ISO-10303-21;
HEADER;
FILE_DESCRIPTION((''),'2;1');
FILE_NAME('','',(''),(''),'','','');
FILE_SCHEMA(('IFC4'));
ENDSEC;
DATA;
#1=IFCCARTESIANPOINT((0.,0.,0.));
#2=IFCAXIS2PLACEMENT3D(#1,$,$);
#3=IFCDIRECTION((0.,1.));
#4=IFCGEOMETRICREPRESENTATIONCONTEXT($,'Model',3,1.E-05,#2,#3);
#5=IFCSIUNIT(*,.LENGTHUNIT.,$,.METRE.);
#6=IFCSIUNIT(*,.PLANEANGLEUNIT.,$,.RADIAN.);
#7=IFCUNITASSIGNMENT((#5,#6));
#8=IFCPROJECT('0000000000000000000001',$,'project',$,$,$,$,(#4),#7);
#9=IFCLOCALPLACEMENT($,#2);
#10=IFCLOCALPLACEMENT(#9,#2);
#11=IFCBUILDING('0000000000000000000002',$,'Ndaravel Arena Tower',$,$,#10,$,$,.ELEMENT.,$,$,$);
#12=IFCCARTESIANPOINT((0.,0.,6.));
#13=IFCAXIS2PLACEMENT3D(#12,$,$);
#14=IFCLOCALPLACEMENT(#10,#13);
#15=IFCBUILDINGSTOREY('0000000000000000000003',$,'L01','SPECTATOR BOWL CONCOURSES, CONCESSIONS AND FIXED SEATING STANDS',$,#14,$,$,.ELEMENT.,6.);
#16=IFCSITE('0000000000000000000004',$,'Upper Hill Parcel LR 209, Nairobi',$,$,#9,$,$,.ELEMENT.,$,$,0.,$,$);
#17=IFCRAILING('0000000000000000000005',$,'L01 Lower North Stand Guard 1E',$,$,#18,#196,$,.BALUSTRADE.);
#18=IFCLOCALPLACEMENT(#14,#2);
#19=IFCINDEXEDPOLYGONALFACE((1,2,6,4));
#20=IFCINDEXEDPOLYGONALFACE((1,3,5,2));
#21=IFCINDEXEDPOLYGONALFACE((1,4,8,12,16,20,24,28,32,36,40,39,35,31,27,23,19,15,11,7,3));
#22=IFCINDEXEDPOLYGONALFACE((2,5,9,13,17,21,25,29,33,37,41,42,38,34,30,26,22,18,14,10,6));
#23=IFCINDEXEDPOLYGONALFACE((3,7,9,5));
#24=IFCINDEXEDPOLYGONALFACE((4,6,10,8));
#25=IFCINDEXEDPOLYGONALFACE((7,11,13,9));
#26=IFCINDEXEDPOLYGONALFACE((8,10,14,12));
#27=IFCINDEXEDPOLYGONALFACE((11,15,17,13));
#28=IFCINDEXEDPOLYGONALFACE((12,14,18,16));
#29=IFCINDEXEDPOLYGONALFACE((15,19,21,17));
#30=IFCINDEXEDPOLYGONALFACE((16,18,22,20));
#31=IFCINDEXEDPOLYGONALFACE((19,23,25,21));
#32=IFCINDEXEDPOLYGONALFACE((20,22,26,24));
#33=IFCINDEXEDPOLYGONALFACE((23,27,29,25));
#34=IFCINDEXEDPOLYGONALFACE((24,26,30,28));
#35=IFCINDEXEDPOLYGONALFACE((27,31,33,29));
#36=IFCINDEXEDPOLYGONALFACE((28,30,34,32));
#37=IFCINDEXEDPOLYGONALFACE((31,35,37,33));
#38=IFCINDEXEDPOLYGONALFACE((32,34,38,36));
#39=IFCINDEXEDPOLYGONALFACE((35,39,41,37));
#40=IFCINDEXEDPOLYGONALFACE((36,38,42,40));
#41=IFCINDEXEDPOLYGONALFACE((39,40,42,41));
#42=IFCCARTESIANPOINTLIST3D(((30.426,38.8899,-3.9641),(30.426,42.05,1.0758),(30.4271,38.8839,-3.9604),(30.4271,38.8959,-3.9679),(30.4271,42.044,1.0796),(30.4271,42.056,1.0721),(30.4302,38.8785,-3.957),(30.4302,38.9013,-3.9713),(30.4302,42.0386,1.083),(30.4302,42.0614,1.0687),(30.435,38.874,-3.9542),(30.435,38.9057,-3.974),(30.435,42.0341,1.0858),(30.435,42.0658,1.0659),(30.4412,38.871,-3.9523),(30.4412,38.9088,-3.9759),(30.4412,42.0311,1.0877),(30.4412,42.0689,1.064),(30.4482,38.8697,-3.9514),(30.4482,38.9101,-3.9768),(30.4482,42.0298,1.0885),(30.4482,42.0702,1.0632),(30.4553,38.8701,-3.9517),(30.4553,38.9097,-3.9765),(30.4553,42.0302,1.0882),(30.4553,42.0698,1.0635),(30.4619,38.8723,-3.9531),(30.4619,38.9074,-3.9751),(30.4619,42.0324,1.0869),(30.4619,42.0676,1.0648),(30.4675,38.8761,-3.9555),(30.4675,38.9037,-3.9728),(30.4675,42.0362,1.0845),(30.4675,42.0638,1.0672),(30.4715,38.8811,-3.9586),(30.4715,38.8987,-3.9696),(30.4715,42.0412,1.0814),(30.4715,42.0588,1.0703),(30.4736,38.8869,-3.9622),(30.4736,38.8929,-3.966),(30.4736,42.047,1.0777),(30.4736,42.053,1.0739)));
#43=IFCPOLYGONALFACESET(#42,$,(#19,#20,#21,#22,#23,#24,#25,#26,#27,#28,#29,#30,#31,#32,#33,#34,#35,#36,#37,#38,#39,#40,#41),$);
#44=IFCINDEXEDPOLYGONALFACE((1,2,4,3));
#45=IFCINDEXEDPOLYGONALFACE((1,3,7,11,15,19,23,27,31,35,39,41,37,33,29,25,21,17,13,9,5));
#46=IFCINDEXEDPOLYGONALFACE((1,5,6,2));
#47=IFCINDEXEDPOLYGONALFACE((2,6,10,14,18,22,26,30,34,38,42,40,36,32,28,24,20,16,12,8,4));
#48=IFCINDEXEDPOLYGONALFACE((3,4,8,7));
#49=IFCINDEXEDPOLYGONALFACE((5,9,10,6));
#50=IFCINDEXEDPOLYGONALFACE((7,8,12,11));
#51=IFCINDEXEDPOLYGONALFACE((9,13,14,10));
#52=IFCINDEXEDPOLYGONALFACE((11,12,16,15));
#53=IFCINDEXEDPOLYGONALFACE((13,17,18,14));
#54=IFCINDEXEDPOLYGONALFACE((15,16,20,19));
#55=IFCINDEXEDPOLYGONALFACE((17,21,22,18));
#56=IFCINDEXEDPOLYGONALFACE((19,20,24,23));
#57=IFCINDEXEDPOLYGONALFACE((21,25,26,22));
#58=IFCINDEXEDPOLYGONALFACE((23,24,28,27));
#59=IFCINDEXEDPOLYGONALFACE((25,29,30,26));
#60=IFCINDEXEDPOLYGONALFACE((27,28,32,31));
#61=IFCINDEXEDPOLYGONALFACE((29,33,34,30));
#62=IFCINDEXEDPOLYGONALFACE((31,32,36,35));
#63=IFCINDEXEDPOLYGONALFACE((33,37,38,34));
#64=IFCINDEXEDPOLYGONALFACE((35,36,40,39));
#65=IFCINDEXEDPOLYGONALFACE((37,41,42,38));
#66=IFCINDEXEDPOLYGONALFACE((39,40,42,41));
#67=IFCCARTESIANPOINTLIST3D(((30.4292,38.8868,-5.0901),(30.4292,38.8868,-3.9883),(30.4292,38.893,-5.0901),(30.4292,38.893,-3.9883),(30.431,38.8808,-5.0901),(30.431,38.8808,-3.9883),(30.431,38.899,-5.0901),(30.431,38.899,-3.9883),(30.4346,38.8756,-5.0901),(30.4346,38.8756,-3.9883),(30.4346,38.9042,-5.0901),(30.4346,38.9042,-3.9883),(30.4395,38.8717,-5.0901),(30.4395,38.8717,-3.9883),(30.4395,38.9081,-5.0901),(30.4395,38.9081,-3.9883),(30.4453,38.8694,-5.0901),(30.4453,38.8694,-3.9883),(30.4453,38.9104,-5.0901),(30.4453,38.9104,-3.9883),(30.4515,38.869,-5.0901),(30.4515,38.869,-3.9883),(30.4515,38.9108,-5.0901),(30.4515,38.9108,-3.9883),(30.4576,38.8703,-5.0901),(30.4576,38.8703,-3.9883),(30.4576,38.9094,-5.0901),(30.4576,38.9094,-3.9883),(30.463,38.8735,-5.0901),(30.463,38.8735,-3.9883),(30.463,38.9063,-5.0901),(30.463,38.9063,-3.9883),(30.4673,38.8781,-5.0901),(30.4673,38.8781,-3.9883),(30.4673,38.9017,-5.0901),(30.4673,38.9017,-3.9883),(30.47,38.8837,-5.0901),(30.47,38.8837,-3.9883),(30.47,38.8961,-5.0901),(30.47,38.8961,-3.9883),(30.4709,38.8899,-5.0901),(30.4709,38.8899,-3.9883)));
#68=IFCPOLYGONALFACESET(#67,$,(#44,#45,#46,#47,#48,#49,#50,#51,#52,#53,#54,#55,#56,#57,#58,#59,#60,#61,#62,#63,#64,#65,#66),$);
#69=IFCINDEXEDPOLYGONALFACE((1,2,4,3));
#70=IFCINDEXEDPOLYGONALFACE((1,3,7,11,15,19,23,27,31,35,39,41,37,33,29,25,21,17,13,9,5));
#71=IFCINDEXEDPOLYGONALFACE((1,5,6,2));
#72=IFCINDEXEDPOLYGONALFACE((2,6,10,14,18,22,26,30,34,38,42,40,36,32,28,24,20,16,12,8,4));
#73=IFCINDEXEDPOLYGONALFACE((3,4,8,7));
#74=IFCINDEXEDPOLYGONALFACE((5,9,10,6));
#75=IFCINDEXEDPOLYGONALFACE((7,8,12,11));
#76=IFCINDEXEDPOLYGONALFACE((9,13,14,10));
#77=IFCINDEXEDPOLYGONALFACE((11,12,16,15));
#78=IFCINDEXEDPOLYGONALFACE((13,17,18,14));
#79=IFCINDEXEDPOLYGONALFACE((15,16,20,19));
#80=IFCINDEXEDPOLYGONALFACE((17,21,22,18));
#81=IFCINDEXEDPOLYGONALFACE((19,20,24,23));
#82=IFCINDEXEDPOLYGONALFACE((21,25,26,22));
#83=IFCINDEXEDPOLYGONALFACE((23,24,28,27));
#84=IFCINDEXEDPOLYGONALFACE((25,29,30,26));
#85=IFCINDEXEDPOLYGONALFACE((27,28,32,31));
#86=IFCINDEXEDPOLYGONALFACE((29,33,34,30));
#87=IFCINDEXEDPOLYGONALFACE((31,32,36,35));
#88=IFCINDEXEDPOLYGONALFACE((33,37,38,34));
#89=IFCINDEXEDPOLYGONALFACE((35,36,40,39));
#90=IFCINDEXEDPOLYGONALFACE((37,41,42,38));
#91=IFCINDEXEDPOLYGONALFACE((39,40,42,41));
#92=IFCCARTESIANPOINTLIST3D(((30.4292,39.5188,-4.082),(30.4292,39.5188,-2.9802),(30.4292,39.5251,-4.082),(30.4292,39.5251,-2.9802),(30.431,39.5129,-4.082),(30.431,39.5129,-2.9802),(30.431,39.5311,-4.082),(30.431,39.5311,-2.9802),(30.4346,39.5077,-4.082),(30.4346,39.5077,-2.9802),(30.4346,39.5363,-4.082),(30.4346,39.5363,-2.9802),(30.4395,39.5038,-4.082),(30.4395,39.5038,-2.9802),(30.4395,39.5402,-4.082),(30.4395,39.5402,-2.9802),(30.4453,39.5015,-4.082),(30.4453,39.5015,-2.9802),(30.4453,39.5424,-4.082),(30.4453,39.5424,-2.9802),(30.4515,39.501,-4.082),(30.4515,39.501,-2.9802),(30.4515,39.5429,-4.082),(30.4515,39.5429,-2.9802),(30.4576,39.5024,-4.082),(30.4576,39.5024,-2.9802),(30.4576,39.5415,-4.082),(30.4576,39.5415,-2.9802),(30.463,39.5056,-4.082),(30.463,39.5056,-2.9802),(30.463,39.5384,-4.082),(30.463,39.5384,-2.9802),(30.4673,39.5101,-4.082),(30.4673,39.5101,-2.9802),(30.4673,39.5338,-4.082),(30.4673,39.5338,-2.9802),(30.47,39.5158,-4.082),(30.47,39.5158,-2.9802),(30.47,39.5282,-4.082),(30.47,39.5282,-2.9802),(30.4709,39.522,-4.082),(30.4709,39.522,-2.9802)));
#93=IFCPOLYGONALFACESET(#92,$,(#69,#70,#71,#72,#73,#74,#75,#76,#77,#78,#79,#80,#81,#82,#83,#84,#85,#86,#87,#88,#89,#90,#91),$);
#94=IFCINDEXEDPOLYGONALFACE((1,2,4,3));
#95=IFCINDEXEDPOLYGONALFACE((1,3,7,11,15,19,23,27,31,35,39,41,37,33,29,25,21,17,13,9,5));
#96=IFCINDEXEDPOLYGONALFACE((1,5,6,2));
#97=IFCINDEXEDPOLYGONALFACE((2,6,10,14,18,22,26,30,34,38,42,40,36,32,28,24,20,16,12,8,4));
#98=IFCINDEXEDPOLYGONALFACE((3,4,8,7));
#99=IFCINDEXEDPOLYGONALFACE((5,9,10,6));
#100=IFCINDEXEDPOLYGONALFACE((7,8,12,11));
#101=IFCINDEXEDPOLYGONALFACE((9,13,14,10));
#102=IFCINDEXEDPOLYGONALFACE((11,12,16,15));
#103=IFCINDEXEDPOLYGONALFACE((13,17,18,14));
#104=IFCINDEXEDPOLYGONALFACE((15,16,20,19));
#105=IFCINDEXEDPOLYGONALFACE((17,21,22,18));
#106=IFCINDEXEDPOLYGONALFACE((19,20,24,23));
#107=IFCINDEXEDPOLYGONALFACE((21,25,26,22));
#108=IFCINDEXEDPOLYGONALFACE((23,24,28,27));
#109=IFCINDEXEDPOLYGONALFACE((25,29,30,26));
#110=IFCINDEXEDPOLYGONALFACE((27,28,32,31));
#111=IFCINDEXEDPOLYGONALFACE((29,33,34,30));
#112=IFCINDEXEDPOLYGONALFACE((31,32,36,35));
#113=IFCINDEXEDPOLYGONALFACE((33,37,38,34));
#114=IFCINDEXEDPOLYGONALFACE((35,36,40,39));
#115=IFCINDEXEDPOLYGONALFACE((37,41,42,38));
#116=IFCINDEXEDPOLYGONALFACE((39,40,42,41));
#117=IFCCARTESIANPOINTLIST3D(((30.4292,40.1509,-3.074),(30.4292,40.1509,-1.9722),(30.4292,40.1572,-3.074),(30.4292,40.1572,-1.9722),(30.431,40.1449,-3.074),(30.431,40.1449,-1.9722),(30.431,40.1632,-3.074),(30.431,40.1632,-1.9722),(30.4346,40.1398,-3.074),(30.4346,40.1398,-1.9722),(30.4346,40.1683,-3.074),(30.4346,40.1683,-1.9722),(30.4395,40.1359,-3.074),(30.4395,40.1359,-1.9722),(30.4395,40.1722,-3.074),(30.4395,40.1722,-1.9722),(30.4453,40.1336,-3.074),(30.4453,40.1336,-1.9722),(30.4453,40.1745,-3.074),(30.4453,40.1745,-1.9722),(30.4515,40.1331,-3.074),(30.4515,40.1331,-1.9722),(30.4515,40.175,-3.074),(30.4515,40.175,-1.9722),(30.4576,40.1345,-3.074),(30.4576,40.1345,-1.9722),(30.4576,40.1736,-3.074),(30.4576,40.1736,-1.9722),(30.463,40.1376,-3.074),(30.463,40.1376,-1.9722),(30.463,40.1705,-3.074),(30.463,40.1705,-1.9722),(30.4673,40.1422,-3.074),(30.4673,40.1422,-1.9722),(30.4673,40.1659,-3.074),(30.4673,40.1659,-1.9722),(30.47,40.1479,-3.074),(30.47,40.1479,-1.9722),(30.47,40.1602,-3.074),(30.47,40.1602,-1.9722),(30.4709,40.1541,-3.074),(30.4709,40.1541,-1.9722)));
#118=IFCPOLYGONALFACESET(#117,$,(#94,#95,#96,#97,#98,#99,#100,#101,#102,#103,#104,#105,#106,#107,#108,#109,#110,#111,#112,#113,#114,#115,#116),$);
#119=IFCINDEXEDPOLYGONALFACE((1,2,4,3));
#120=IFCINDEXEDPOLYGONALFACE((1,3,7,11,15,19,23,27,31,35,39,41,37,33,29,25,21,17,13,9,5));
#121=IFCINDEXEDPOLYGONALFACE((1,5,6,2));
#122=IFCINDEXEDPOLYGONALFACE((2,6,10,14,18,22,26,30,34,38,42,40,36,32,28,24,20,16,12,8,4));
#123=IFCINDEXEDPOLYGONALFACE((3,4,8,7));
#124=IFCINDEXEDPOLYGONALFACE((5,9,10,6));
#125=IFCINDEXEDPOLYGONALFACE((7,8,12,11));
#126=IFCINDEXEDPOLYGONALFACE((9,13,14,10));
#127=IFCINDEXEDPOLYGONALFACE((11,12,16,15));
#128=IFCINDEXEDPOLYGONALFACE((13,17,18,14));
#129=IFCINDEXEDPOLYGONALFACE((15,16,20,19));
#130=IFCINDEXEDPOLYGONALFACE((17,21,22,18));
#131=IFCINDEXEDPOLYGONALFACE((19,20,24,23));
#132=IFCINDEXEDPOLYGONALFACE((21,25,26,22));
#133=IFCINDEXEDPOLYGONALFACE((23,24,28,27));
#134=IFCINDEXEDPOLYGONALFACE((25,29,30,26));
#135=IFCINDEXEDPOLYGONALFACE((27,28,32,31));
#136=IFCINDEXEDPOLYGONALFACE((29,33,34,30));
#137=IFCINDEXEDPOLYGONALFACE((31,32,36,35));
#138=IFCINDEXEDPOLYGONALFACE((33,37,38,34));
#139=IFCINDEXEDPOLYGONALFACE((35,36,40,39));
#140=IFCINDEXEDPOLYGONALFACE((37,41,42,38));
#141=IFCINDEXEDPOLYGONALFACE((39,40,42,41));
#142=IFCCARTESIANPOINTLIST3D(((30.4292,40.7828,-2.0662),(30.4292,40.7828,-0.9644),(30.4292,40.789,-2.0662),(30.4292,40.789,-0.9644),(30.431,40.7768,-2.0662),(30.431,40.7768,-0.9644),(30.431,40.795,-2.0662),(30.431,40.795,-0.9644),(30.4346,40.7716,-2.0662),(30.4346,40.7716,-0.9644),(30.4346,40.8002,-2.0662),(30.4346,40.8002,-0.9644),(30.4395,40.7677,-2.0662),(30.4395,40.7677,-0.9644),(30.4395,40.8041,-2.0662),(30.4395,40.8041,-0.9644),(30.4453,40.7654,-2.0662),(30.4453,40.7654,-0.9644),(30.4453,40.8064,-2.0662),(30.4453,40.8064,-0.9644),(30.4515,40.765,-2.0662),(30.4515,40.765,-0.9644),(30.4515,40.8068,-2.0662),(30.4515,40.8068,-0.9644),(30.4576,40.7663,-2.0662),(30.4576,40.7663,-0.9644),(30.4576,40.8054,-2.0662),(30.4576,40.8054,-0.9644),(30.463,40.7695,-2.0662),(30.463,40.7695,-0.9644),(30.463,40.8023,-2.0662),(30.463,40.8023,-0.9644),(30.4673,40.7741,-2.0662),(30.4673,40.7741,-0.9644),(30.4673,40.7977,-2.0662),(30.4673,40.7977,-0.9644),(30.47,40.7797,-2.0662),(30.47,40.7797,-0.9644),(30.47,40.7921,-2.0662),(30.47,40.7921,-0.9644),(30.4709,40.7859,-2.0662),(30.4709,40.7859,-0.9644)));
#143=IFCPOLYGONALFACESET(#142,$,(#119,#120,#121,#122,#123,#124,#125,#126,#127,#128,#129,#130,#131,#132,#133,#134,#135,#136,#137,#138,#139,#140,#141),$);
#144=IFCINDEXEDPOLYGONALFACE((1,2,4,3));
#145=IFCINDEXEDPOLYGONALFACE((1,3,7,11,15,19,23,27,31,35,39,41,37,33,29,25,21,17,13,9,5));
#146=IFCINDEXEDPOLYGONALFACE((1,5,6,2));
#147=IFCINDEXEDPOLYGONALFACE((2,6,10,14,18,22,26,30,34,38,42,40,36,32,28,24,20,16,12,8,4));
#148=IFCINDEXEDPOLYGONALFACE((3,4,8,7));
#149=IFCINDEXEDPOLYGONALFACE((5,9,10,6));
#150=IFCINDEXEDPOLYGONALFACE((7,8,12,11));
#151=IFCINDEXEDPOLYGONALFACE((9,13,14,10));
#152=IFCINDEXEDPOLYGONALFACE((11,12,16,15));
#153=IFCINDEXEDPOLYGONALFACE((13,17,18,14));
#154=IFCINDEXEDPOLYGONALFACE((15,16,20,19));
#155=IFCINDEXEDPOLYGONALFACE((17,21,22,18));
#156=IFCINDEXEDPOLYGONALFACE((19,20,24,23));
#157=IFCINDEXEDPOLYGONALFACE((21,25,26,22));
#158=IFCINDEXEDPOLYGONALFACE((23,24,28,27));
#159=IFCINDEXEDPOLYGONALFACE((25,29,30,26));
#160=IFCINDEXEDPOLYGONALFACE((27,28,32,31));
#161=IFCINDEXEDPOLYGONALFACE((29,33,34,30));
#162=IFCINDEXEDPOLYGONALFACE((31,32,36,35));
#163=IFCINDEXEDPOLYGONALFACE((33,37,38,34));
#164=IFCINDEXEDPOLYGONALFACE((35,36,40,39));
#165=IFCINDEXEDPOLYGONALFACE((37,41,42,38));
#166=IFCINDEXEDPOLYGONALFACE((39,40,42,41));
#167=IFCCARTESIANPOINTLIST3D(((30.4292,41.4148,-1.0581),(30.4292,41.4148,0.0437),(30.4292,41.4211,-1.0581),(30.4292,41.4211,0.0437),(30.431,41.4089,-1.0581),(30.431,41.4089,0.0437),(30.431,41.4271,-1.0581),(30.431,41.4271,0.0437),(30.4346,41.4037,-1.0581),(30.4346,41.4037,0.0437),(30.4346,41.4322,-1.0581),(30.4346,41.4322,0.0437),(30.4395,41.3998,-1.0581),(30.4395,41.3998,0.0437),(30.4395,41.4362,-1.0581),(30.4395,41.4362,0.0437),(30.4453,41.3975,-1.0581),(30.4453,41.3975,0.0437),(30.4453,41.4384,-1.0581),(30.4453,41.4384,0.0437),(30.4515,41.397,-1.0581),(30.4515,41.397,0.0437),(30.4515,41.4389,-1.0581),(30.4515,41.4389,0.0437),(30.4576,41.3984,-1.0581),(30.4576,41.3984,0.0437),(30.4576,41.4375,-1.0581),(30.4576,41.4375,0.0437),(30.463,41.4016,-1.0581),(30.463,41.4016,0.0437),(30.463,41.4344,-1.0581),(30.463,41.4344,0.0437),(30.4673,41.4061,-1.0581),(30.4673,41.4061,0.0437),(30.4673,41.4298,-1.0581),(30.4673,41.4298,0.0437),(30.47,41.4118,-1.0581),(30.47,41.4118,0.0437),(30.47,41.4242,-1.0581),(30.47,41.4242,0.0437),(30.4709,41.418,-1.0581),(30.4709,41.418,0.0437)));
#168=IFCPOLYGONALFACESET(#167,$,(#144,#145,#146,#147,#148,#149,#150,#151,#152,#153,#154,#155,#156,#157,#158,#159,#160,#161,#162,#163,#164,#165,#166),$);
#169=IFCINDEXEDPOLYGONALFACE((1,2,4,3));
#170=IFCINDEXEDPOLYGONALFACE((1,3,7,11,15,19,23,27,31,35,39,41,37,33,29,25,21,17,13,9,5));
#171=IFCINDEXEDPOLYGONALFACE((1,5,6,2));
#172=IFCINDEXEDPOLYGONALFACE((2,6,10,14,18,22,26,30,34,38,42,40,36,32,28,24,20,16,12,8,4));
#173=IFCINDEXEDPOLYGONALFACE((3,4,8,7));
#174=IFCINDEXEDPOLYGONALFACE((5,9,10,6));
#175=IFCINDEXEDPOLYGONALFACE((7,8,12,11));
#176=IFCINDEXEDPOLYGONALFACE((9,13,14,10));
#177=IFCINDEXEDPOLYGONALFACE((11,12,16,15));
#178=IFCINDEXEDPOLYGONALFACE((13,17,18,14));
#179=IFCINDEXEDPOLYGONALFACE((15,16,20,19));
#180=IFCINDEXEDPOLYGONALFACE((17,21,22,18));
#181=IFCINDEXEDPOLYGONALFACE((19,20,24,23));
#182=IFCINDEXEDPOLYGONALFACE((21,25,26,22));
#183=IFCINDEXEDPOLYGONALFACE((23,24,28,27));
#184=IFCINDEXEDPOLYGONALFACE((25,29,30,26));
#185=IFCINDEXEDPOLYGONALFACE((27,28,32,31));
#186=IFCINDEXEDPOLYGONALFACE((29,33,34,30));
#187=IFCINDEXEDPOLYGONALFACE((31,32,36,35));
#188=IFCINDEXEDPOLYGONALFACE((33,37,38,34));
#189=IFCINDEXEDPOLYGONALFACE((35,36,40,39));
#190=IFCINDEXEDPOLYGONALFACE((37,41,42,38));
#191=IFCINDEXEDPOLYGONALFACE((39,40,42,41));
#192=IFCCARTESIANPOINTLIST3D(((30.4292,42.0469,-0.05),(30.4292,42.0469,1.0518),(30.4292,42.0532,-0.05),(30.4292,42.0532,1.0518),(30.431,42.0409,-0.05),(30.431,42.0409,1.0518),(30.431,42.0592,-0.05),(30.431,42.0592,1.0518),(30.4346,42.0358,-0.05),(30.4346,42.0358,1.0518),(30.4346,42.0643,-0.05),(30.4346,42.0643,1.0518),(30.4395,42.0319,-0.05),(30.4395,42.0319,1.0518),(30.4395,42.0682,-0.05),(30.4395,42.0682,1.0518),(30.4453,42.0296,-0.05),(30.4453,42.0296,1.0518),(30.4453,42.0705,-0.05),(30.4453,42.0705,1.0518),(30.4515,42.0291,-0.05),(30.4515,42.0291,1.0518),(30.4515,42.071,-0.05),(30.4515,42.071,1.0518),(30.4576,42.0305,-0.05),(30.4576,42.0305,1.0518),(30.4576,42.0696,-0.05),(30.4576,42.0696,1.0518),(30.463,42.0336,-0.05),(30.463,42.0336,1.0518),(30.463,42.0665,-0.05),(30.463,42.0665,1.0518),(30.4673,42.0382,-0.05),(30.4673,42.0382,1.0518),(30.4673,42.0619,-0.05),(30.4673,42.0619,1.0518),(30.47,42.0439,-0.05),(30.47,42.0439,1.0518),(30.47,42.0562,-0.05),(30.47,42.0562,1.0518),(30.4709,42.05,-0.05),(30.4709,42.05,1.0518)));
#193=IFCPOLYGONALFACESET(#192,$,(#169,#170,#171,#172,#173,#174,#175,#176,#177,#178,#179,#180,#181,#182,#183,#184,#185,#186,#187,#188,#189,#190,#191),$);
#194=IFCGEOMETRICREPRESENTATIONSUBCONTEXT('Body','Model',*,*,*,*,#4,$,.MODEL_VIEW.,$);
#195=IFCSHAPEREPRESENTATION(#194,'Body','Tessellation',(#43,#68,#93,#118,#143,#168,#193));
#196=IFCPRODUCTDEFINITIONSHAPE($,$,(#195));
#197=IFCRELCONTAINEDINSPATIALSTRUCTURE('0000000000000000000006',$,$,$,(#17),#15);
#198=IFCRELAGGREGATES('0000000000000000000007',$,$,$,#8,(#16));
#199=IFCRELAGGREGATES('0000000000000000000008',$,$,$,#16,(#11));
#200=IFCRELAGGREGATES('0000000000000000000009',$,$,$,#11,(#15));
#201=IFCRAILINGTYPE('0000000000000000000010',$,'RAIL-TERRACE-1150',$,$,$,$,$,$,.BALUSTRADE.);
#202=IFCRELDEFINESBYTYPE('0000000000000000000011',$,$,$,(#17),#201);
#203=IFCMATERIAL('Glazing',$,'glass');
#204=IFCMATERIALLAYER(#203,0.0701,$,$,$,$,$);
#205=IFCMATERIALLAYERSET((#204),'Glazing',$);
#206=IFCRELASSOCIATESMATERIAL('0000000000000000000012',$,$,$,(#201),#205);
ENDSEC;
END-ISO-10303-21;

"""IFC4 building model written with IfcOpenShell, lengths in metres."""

from ifc_helpers import new_model, si_unit, direction, frame, origin, origin_2d, place, context, subcontext, project, spatial, circle, extrude, material, layer, layer_set, type_object, element, save


model = new_model("IFC4")

# Units and contexts
model_context = context("Model", 3, precision=1e-05, world=origin(), true_north=direction((0.0, 1.0)))
body_context = subcontext(model_context, "Body", "Model", "MODEL_VIEW")
ifc_project = project(units=[si_unit("LENGTHUNIT", "METRE"), si_unit("PLANEANGLEUNIT", "RADIAN")], contexts=[model_context])

# Site, building, storey
site_placement = place(None, origin())
site = spatial("IfcSite", under=ifc_project, at=site_placement, Name="Upper Hill Parcel LR 209, Nairobi", CompositionType="ELEMENT", RefElevation=0.0)
building_placement = place(site_placement, origin())
building = spatial("IfcBuilding", under=site, at=building_placement, Name="Ndaravel Arena Tower", CompositionType="ELEMENT")
storey_placement = place(building_placement, frame((0.0, 0.0, 6.0)))
storey = spatial("IfcBuildingStorey", under=building, at=storey_placement, Name="L01", Description="SPECTATOR BOWL CONCOURSES, CONCESSIONS AND FIXED SEATING STANDS", CompositionType="ELEMENT", Elevation=6.0)

# Railing
ifc_material_1 = material(Name="Glazing", Category="glass")
ifc_layer_1 = layer(ifc_material_1, 0.0701)
ifc_layer_set_1 = layer_set([ifc_layer_1], Name="Glazing")
railing_type_1 = type_object("IfcRailingType", Name="RAIL-TERRACE-1150", PredefinedType="BALUSTRADE", material=ifc_layer_set_1)
railing_1_placement = place(storey_placement, frame((30.45, 38.8899, -5.0901)))
element("IfcRailing", 1, at=railing_1_placement, inside=storey, type_object=railing_type_1, Name="L01 Lower North Stand Guard 1E", PredefinedType="BALUSTRADE", context=body_context, shape_type="SweptSolid", body=[
    extrude(circle(Radius=0.0239, at=origin_2d()), frame((0.0, 0.0, 1.126), z_axis=(0.0, 0.531223, 0.847232), x_axis=(-1.0, 0.0, 0.0)), (0.0, 0.0, 1.0), 5.9487),
    extrude(circle(Radius=0.021, at=origin_2d()), origin(), (0.0, 0.0, 1.0), 1.1018),
    extrude(circle(Radius=0.021, at=origin_2d()), frame((0.0, 0.6321, 1.0081)), (0.0, 0.0, 1.0), 1.1018),
    extrude(circle(Radius=0.021, at=origin_2d()), frame((0.0, 1.2642, 2.0161)), (0.0, 0.0, 1.0), 1.1018),
    extrude(circle(Radius=0.021, at=origin_2d()), frame((0.0, 1.896, 3.0239)), (0.0, 0.0, 1.0), 1.1018),
    extrude(circle(Radius=0.021, at=origin_2d()), frame((0.0, 2.5281, 4.032)), (0.0, 0.0, 1.0), 1.1018),
    extrude(circle(Radius=0.021, at=origin_2d()), frame((0.0, 3.1602, 5.04)), (0.0, 0.0, 1.0), 1.1018),
])

save(model, "model.ifc")
